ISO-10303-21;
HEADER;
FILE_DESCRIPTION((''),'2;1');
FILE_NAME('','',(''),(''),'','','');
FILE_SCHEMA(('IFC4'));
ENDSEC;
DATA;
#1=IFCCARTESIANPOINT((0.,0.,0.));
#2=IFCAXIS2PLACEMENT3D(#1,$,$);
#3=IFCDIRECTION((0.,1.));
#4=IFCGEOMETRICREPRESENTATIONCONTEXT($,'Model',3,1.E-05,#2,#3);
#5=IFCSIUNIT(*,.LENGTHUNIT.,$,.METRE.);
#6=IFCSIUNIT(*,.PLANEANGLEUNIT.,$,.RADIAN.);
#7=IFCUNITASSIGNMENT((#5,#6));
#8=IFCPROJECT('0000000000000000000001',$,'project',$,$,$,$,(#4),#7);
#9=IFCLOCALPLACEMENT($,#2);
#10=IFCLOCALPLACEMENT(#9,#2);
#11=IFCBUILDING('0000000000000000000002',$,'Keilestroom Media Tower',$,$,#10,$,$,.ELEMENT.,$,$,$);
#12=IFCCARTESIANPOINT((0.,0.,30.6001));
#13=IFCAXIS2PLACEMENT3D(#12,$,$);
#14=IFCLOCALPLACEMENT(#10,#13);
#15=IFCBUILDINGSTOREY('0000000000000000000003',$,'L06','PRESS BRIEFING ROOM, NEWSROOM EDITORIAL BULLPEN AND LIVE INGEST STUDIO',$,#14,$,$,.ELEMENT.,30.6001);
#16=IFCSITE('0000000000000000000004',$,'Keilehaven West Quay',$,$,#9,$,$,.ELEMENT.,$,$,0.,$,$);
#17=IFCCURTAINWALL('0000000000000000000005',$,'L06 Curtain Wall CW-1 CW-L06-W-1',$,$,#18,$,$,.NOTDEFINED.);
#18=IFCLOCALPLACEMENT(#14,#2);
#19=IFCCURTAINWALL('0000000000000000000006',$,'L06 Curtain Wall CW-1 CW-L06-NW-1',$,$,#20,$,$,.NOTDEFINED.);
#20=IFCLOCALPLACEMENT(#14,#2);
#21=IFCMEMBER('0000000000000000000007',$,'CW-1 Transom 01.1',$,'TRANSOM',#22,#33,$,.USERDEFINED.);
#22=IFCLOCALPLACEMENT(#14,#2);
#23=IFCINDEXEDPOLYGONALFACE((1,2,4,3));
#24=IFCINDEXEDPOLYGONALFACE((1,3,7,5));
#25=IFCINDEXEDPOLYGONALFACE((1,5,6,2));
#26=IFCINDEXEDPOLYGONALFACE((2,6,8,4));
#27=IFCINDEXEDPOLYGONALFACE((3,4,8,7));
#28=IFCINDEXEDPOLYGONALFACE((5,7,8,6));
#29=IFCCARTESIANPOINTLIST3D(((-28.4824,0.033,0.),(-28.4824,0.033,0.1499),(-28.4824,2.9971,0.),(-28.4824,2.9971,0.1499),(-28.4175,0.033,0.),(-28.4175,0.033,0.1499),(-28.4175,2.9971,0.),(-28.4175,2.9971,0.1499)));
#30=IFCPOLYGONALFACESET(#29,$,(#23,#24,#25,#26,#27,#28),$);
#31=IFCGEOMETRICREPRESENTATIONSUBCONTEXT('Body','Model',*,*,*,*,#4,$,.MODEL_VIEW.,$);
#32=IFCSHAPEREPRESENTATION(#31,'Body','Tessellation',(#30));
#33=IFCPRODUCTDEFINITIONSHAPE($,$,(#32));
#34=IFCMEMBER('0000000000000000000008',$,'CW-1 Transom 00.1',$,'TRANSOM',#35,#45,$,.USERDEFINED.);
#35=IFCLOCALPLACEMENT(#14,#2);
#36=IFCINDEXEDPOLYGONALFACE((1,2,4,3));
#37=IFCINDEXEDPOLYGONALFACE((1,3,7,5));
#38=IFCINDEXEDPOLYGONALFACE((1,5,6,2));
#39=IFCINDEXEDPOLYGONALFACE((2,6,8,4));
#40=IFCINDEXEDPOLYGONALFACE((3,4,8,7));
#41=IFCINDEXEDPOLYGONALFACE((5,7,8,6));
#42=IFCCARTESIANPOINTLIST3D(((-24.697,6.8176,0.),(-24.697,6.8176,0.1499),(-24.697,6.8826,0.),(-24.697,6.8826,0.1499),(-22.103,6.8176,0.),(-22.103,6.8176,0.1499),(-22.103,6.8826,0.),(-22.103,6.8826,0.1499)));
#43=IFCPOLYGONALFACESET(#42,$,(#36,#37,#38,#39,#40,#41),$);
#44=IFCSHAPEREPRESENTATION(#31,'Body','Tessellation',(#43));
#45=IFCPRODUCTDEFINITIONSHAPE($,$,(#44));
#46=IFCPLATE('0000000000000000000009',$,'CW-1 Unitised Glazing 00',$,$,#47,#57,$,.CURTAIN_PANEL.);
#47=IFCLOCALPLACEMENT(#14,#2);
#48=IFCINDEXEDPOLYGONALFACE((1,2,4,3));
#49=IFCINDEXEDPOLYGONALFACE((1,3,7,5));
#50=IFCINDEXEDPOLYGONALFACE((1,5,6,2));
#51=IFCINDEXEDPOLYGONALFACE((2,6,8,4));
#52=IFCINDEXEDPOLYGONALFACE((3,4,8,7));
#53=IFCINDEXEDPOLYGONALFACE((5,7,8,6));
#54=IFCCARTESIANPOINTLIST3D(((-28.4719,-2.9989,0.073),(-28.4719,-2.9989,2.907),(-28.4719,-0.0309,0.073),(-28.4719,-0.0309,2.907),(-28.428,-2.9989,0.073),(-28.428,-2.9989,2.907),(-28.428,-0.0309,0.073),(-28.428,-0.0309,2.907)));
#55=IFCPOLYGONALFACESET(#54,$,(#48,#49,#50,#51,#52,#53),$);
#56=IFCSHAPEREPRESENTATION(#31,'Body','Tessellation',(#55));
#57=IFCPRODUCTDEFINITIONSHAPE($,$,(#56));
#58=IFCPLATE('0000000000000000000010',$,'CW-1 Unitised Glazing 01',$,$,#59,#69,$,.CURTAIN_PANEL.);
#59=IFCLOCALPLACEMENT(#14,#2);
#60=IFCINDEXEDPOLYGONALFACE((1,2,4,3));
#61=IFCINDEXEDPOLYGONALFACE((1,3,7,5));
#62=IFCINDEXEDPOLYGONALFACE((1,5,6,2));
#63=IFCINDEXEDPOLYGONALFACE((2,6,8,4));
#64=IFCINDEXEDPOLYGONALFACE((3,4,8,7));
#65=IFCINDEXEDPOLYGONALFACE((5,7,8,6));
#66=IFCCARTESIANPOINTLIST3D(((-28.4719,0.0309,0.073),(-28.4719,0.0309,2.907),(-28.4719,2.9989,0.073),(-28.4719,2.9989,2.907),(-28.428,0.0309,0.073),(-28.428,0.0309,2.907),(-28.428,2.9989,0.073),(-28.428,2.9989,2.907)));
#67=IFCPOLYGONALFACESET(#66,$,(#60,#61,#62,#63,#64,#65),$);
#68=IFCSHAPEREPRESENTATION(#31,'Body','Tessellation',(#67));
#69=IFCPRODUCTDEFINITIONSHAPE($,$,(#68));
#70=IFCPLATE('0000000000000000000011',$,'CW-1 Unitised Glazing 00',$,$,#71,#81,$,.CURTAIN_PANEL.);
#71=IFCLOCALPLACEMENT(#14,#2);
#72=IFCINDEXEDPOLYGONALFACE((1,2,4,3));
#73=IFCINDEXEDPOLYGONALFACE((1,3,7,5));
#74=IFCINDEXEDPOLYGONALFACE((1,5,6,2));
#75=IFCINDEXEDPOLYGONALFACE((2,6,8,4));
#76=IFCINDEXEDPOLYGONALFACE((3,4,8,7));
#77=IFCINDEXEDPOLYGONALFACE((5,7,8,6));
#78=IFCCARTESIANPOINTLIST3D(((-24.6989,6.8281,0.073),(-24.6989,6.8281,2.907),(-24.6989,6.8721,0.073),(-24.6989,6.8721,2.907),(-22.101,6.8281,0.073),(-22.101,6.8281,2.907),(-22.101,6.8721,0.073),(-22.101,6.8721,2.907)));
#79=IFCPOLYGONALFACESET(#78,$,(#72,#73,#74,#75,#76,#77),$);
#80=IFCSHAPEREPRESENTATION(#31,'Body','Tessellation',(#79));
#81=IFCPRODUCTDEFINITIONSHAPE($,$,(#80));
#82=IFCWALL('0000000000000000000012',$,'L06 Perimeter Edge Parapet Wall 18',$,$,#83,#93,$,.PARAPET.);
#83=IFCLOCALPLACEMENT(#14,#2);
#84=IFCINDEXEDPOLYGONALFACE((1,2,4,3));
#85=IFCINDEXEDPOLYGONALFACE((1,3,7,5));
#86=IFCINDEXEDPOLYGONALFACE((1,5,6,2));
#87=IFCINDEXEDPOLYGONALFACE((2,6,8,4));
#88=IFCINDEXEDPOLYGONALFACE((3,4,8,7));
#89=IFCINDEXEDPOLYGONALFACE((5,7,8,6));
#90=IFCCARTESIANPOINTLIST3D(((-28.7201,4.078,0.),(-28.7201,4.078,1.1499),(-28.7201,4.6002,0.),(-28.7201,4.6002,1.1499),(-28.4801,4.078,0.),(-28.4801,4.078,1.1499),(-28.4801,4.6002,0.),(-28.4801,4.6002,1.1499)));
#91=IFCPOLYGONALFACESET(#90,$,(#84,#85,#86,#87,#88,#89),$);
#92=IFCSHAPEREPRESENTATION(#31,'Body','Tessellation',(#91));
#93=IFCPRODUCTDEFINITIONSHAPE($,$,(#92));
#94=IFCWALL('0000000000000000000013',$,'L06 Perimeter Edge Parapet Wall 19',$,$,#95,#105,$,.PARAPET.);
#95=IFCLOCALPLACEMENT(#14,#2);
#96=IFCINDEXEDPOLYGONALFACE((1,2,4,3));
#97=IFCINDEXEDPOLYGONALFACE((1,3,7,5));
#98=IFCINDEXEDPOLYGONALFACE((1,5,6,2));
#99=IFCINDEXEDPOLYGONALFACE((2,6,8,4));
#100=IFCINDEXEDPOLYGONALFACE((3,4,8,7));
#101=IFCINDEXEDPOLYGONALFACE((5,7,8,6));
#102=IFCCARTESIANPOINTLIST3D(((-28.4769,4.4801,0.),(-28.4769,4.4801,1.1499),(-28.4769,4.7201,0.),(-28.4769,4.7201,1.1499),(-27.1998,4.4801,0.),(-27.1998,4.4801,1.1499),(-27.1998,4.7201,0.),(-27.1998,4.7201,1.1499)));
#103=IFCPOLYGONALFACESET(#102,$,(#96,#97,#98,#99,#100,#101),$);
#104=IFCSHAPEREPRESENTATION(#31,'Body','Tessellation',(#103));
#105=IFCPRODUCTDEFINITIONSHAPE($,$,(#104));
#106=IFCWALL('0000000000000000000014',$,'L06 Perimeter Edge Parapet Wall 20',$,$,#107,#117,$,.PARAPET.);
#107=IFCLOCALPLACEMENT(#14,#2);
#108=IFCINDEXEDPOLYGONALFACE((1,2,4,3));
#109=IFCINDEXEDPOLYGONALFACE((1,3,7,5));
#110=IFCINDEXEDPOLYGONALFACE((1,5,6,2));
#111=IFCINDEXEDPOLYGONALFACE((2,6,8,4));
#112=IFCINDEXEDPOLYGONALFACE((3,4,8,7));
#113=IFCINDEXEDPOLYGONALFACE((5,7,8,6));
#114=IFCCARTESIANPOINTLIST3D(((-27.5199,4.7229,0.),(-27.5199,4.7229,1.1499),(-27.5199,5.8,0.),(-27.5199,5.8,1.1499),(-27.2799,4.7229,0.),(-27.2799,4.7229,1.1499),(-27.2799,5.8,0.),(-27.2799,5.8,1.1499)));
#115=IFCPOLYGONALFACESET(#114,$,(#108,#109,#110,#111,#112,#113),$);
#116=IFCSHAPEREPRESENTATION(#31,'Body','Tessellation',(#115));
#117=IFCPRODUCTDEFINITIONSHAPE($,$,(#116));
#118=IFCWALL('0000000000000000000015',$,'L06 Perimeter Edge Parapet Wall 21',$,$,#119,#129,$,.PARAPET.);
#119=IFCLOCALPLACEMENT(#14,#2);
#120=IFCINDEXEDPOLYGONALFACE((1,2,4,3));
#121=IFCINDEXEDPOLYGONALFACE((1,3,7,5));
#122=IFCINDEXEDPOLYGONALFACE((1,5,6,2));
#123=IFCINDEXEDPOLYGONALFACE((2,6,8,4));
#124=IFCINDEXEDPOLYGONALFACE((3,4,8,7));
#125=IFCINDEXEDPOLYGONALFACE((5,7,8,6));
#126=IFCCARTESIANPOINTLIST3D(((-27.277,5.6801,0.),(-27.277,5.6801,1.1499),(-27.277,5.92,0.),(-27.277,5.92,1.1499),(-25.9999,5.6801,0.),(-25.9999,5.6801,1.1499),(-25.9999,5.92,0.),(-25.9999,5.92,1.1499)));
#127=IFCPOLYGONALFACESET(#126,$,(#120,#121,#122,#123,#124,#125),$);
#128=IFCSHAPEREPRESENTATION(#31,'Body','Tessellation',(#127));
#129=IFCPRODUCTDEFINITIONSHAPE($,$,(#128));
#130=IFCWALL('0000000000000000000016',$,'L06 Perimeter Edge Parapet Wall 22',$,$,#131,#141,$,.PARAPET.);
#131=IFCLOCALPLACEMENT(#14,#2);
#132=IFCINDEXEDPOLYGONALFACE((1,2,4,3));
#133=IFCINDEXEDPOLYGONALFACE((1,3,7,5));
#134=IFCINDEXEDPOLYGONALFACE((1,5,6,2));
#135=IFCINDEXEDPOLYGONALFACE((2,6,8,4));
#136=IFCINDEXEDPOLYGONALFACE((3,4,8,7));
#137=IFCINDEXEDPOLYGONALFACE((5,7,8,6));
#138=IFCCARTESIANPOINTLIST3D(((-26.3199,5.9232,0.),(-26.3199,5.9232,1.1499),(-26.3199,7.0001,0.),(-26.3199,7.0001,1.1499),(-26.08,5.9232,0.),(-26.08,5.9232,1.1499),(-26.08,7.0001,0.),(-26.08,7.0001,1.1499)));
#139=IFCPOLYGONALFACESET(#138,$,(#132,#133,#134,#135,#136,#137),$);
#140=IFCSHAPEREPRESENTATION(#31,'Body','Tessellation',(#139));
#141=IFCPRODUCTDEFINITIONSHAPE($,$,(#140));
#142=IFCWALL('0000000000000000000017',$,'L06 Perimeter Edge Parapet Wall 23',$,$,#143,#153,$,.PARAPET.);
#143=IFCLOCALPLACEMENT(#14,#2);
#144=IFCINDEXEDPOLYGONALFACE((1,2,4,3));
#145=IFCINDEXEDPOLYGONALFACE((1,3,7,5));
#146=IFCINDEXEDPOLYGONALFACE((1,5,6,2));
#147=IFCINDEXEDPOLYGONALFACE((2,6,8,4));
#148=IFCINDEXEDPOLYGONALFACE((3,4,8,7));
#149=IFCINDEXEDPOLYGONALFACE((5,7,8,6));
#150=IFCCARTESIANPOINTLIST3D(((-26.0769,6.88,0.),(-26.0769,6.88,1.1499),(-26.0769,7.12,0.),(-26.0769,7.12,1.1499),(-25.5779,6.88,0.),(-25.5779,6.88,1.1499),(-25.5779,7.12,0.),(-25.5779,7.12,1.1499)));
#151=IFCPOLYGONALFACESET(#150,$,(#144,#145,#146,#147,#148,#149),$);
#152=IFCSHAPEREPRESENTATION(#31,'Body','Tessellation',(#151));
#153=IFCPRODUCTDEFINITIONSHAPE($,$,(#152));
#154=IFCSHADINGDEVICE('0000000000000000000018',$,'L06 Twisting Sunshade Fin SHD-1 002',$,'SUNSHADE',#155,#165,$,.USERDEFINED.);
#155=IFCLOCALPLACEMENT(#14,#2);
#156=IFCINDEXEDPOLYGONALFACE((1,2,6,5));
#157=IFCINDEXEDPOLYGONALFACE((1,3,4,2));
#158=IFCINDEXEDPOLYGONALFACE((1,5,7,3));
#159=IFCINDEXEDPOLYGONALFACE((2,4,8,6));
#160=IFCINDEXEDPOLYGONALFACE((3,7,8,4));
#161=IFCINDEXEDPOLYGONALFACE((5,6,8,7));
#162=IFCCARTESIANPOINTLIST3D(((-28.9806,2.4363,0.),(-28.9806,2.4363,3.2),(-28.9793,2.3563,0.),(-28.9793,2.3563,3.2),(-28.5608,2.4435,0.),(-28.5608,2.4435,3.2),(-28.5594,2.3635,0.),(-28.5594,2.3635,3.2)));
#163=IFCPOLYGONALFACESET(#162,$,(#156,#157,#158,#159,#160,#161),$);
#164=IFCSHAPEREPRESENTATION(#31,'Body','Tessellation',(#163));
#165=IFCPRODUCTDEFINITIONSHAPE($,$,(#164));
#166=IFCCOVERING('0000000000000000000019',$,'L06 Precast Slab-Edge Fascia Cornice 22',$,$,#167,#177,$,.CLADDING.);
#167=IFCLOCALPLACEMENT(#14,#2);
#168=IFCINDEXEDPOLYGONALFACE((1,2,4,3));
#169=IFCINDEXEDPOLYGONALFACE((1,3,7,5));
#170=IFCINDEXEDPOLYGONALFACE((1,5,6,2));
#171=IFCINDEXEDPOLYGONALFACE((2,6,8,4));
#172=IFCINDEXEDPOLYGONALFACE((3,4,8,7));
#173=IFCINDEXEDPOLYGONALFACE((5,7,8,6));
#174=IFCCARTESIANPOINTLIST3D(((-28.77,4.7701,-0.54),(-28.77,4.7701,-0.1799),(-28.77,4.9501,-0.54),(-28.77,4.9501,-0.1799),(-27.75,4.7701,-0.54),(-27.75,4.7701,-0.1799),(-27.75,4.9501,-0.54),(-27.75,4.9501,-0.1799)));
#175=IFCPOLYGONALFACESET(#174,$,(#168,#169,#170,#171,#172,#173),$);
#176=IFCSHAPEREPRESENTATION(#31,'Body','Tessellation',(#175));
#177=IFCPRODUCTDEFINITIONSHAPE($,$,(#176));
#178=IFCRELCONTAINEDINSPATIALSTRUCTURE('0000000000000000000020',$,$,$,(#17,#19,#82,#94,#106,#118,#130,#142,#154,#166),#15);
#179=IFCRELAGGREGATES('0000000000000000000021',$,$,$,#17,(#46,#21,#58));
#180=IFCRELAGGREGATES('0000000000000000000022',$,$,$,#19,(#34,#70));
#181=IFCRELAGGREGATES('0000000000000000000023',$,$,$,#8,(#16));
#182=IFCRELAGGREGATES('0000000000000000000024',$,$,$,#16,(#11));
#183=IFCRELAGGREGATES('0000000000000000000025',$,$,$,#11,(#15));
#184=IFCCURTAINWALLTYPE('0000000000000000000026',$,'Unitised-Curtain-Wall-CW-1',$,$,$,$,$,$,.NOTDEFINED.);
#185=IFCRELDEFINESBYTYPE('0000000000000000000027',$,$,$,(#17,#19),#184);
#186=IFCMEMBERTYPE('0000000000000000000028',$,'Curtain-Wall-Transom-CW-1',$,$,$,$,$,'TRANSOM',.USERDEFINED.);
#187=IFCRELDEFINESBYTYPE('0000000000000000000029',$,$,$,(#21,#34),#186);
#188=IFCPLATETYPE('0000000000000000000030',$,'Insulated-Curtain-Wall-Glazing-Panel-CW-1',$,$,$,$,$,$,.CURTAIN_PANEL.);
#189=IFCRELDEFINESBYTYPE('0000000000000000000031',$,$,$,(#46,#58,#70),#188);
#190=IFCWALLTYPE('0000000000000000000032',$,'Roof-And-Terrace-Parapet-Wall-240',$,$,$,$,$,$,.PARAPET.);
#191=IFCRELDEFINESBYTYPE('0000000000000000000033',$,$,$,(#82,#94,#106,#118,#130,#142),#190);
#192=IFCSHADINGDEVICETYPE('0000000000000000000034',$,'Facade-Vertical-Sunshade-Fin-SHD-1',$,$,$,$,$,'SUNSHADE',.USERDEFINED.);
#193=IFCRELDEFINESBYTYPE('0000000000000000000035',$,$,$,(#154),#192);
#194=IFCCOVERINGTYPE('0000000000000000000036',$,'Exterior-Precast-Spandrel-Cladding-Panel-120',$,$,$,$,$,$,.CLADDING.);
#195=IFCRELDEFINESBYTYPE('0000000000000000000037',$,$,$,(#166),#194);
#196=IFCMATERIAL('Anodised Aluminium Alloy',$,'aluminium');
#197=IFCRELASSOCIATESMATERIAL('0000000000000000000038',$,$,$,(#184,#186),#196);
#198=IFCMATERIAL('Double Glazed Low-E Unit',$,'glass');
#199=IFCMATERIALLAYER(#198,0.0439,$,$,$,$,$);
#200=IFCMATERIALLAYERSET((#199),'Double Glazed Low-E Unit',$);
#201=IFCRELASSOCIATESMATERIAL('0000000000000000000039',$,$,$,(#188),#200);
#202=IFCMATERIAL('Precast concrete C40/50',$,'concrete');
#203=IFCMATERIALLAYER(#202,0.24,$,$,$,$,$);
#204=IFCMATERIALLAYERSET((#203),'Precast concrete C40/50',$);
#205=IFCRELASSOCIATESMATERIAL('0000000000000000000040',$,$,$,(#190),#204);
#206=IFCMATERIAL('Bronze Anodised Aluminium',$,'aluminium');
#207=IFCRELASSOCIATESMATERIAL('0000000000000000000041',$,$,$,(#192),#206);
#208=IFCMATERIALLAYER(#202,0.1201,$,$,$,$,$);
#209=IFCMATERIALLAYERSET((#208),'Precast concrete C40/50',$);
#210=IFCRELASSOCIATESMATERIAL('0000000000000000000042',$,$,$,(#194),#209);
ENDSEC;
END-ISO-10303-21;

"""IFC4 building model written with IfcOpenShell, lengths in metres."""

from ifc_helpers import new_model, si_unit, direction, frame, frame_2d, origin, origin_2d, place, context, subcontext, project, spatial, rectangle, extrude, source, transform, mapped, material, layer, layer_set, material_profile, profile_set, type_object, element, aggregate, save


model = new_model("IFC4")

# Units and contexts
model_context = context("Model", 3, precision=1e-05, world=origin(), true_north=direction((0.0, 1.0)))
body_context = subcontext(model_context, "Body", "Model", "MODEL_VIEW")
ifc_project = project(units=[si_unit("LENGTHUNIT", "METRE"), si_unit("PLANEANGLEUNIT", "RADIAN")], contexts=[model_context])

# Site, building, storey
site_placement = place(None, origin())
site = spatial("IfcSite", under=ifc_project, at=site_placement, Name="Keilehaven West Quay", CompositionType="ELEMENT", RefElevation=0.0)
building_placement = place(site_placement, origin())
building = spatial("IfcBuilding", under=site, at=building_placement, Name="Keilestroom Media Tower", CompositionType="ELEMENT")
storey_placement = place(building_placement, frame((0.0, 0.0, 30.6001)))
storey = spatial("IfcBuildingStorey", under=building, at=storey_placement, Name="L06", Description="PRESS BRIEFING ROOM, NEWSROOM EDITORIAL BULLPEN AND LIVE INGEST STUDIO", CompositionType="ELEMENT", Elevation=30.6001)

# Shared definitions
ifc_material_1 = material(Name="Precast concrete C40/50", Category="concrete")

# Curtain wall
ifc_material_2 = material(Name="Anodised Aluminium Alloy", Category="aluminium")
curtain_wall_type = type_object("IfcCurtainWallType", Name="Unitised-Curtain-Wall-CW-1", PredefinedType="NOTDEFINED", material=ifc_material_2)
curtain_wall_1_placement = place(storey_placement, origin())
curtain_wall_1 = element("IfcCurtainWall", 1, at=curtain_wall_1_placement, inside=storey, type_object=curtain_wall_type, Name="L06 Curtain Wall CW-1 CW-L06-W-1", PredefinedType="NOTDEFINED")

# Curtain wall
curtain_wall_2_placement = place(storey_placement, origin())
curtain_wall_2 = element("IfcCurtainWall", 2, at=curtain_wall_2_placement, inside=storey, type_object=curtain_wall_type, Name="L06 Curtain Wall CW-1 CW-L06-NW-1", PredefinedType="NOTDEFINED")

# Members
ifc_material_profile_1 = material_profile(ifc_material_2, rectangle(XDim=0.0649, YDim=0.1499, at=origin_2d()), Name="ALU TRANSOM 65x150")
ifc_profile_set_1 = profile_set([ifc_material_profile_1], Name="Anodised Aluminium Alloy")
member_type_1 = type_object("IfcMemberType", Name="Curtain-Wall-Transom-CW-1", ElementType="TRANSOM", PredefinedType="USERDEFINED", material=ifc_profile_set_1)
shared_shape_1 = source(origin(), body_context, "Body", "SweptSolid", [
    extrude(rectangle(XDim=0.0649, YDim=0.1499, at=origin_2d()), origin(), (0.0, 0.0, 1.0), 2.9641),
])
member_1_placement = place(storey_placement, frame((-28.45, 0.033, 0.075), z_axis=(0.0, 1.0, 0.0), x_axis=(-1.0, 0.0, 0.0)))
member_1 = element("IfcMember", 3, at=member_1_placement, type_object=member_type_1, Name="CW-1 Transom 01.1", ObjectType="TRANSOM", PredefinedType="USERDEFINED", context=body_context, shape_type="MappedRepresentation", body=[
    mapped(shared_shape_1, transform((0.0, 0.0, 0.0), x_axis=(1.0, 0.0, 0.0), y_axis=(0.0, 1.0, 0.0), z_axis=(0.0, 0.0, 1.0), scale=1.0)),
])
shared_shape_2 = source(origin(), body_context, "Body", "SweptSolid", [
    extrude(rectangle(XDim=0.0649, YDim=0.1499, at=origin_2d()), origin(), (0.0, 0.0, 1.0), 2.594),
])
member_2_placement = place(storey_placement, frame((-24.697, 6.8501, 0.075), z_axis=(1.0, 0.0, 0.0), x_axis=(0.0, 1.0, 0.0)))
member_2 = element("IfcMember", 4, at=member_2_placement, type_object=member_type_1, Name="CW-1 Transom 00.1", ObjectType="TRANSOM", PredefinedType="USERDEFINED", context=body_context, shape_type="MappedRepresentation", body=[
    mapped(shared_shape_2, transform((0.0, 0.0, 0.0), x_axis=(1.0, 0.0, 0.0), y_axis=(0.0, 1.0, 0.0), z_axis=(0.0, 0.0, 1.0), scale=1.0)),
])

# Plates
ifc_material_3 = material(Name="Double Glazed Low-E Unit", Category="glass")
ifc_layer_1 = layer(ifc_material_3, 0.0439)
ifc_layer_set_1 = layer_set([ifc_layer_1], Name="Double Glazed Low-E Unit")
plate_type = type_object("IfcPlateType", Name="Insulated-Curtain-Wall-Glazing-Panel-CW-1", PredefinedType="CURTAIN_PANEL", material=ifc_layer_set_1)
shared_shape_3 = source(origin(), body_context, "Body", "SweptSolid", [
    extrude(rectangle(XDim=2.968, YDim=0.0439, at=origin_2d()), origin(), (0.0, 0.0, 1.0), 2.834),
])
plate_1_placement = place(storey_placement, frame((-28.45, -1.5149, 0.073), z_axis=(0.0, 0.0, 1.0), x_axis=(0.0, 1.0, 0.0)))
plate_1 = element("IfcPlate", 5, at=plate_1_placement, type_object=plate_type, Name="CW-1 Unitised Glazing 00", PredefinedType="CURTAIN_PANEL", context=body_context, shape_type="MappedRepresentation", body=[
    mapped(shared_shape_3, transform((0.0, 0.0, 0.0), x_axis=(1.0, 0.0, 0.0), y_axis=(0.0, 1.0, 0.0), z_axis=(0.0, 0.0, 1.0), scale=1.0)),
])
plate_2_placement = place(storey_placement, frame((-28.45, 1.5149, 0.073), z_axis=(0.0, 0.0, 1.0), x_axis=(0.0, 1.0, 0.0)))
plate_2 = element("IfcPlate", 6, at=plate_2_placement, type_object=plate_type, Name="CW-1 Unitised Glazing 01", PredefinedType="CURTAIN_PANEL", context=body_context, shape_type="MappedRepresentation", body=[
    mapped(shared_shape_3, transform((0.0, 0.0, 0.0), x_axis=(1.0, 0.0, 0.0), y_axis=(0.0, 1.0, 0.0), z_axis=(0.0, 0.0, 1.0), scale=1.0)),
])
aggregate(curtain_wall_1, [plate_1, member_1, plate_2])
shared_shape_4 = source(origin(), body_context, "Body", "SweptSolid", [
    extrude(rectangle(XDim=2.5979, YDim=0.0439, at=origin_2d()), origin(), (0.0, 0.0, 1.0), 2.834),
])
plate_3_placement = place(storey_placement, frame((-23.3999, 6.8501, 0.073), z_axis=(0.0, 0.0, 1.0), x_axis=(1.0, 0.0, 0.0)))
plate_3 = element("IfcPlate", 7, at=plate_3_placement, type_object=plate_type, Name="CW-1 Unitised Glazing 00", PredefinedType="CURTAIN_PANEL", context=body_context, shape_type="MappedRepresentation", body=[
    mapped(shared_shape_4, transform((0.0, 0.0, 0.0), x_axis=(1.0, 0.0, 0.0), y_axis=(0.0, 1.0, 0.0), z_axis=(0.0, 0.0, 1.0), scale=1.0)),
])
aggregate(curtain_wall_2, [member_2, plate_3])

# Walls
ifc_layer_2 = layer(ifc_material_1, 0.24)
ifc_layer_set_2 = layer_set([ifc_layer_2], Name="Precast concrete C40/50")
wall_type = type_object("IfcWallType", Name="Roof-And-Terrace-Parapet-Wall-240", PredefinedType="PARAPET", material=ifc_layer_set_2)
wall_1_placement = place(storey_placement, frame((-28.6001, 4.0779, 0.0), z_axis=(0.0, 0.0, 1.0), x_axis=(0.0, 1.0, 0.0)))
element("IfcWall", 8, at=wall_1_placement, inside=storey, type_object=wall_type, Name="L06 Perimeter Edge Parapet Wall 18", PredefinedType="PARAPET", context=body_context, shape_type="SweptSolid", body=[
    extrude(rectangle(XDim=0.5222, YDim=0.24, at=frame_2d((0.2612, 0.0))), origin(), (0.0, 0.0, 1.0), 1.1499),
])
wall_2_placement = place(storey_placement, frame((-28.4771, 4.6001, 0.0), z_axis=(0.0, 0.0, 1.0), x_axis=(1.0, 0.0, 0.0)))
element("IfcWall", 9, at=wall_2_placement, inside=storey, type_object=wall_type, Name="L06 Perimeter Edge Parapet Wall 19", PredefinedType="PARAPET", context=body_context, shape_type="SweptSolid", body=[
    extrude(rectangle(XDim=1.2771, YDim=0.24, at=frame_2d((0.6387, 0.0))), origin(), (0.0, 0.0, 1.0), 1.1499),
])
wall_3_placement = place(storey_placement, frame((-27.3999, 4.7229, 0.0), z_axis=(0.0, 0.0, 1.0), x_axis=(0.0, 1.0, 0.0)))
element("IfcWall", 10, at=wall_3_placement, inside=storey, type_object=wall_type, Name="L06 Perimeter Edge Parapet Wall 20", PredefinedType="PARAPET", context=body_context, shape_type="SweptSolid", body=[
    extrude(rectangle(XDim=1.0771, YDim=0.24, at=frame_2d((0.5386, 0.0))), origin(), (0.0, 0.0, 1.0), 1.1499),
])
wall_4_placement = place(storey_placement, frame((-27.2771, 5.8, 0.0), z_axis=(0.0, 0.0, 1.0), x_axis=(1.0, 0.0, 0.0)))
element("IfcWall", 11, at=wall_4_placement, inside=storey, type_object=wall_type, Name="L06 Perimeter Edge Parapet Wall 21", PredefinedType="PARAPET", context=body_context, shape_type="SweptSolid", body=[
    extrude(rectangle(XDim=1.2771, YDim=0.24, at=frame_2d((0.6387, 0.0))), origin(), (0.0, 0.0, 1.0), 1.1499),
])
wall_5_placement = place(storey_placement, frame((-26.2, 5.9231, 0.0), z_axis=(0.0, 0.0, 1.0), x_axis=(0.0, 1.0, 0.0)))
element("IfcWall", 12, at=wall_5_placement, inside=storey, type_object=wall_type, Name="L06 Perimeter Edge Parapet Wall 22", PredefinedType="PARAPET", context=body_context, shape_type="SweptSolid", body=[
    extrude(rectangle(XDim=1.0769, YDim=0.24, at=frame_2d((0.5386, 0.0))), origin(), (0.0, 0.0, 1.0), 1.1499),
])
wall_6_placement = place(storey_placement, frame((-26.0769, 7.0, 0.0), z_axis=(0.0, 0.0, 1.0), x_axis=(1.0, 0.0, 0.0)))
element("IfcWall", 13, at=wall_6_placement, inside=storey, type_object=wall_type, Name="L06 Perimeter Edge Parapet Wall 23", PredefinedType="PARAPET", context=body_context, shape_type="SweptSolid", body=[
    extrude(rectangle(XDim=0.499, YDim=0.24, at=frame_2d((0.2495, 0.0))), origin(), (0.0, 0.0, 1.0), 1.1499),
])

# Shading device
ifc_material_4 = material(Name="Bronze Anodised Aluminium", Category="aluminium")
shading_device_type = type_object("IfcShadingDeviceType", Name="Facade-Vertical-Sunshade-Fin-SHD-1", ElementType="SUNSHADE", PredefinedType="USERDEFINED", material=ifc_material_4)
shared_shape_5 = source(origin(), body_context, "Body", "SweptSolid", [
    extrude(rectangle(XDim=0.4199, YDim=0.0801, at=origin_2d()), origin(), (0.0, 0.0, 1.0), 3.2),
])
shading_device_placement = place(storey_placement, frame((-28.77, 2.3999, 0.0), z_axis=(0.0, 0.0, 1.0), x_axis=(0.999854, 0.017103, 0.0)))
element("IfcShadingDevice", 14, at=shading_device_placement, inside=storey, type_object=shading_device_type, Name="L06 Twisting Sunshade Fin SHD-1 002", ObjectType="SUNSHADE", PredefinedType="USERDEFINED", context=body_context, shape_type="MappedRepresentation", body=[
    mapped(shared_shape_5, transform((0.0, 0.0, 0.0), x_axis=(1.0, 0.0, 0.0), y_axis=(0.0, 1.0, 0.0), z_axis=(0.0, 0.0, 1.0), scale=1.0)),
])

# Covering
ifc_layer_3 = layer(ifc_material_1, 0.1201)
ifc_layer_set_3 = layer_set([ifc_layer_3], Name="Precast concrete C40/50")
covering_type = type_object("IfcCoveringType", Name="Exterior-Precast-Spandrel-Cladding-Panel-120", PredefinedType="CLADDING", material=ifc_layer_set_3)
shared_shape_6 = source(origin(), body_context, "Body", "SweptSolid", [
    extrude(rectangle(XDim=1.02, YDim=0.1799, at=origin_2d()), origin(), (0.0, 0.0, 1.0), 0.3601),
])
for number, where, z_axis, x_axis, name in (
    (15, (-28.26, 4.8601, -0.54), (0.0, 0.0, 1.0), (1.0, 0.0, 0.0), "L06 Precast Slab-Edge Fascia Cornice 22"),
):
    element("IfcCovering", number, at=place(storey_placement, frame(where, z_axis=z_axis, x_axis=x_axis)), inside=storey, type_object=covering_type, Name=name, PredefinedType="CLADDING", context=body_context, shape_type="MappedRepresentation", body=[
        mapped(shared_shape_6, transform((0.0, 0.0, 0.0), x_axis=(1.0, 0.0, 0.0), y_axis=(0.0, 1.0, 0.0), z_axis=(0.0, 0.0, 1.0), scale=1.0)),
    ])

save(model, "model.ifc")
